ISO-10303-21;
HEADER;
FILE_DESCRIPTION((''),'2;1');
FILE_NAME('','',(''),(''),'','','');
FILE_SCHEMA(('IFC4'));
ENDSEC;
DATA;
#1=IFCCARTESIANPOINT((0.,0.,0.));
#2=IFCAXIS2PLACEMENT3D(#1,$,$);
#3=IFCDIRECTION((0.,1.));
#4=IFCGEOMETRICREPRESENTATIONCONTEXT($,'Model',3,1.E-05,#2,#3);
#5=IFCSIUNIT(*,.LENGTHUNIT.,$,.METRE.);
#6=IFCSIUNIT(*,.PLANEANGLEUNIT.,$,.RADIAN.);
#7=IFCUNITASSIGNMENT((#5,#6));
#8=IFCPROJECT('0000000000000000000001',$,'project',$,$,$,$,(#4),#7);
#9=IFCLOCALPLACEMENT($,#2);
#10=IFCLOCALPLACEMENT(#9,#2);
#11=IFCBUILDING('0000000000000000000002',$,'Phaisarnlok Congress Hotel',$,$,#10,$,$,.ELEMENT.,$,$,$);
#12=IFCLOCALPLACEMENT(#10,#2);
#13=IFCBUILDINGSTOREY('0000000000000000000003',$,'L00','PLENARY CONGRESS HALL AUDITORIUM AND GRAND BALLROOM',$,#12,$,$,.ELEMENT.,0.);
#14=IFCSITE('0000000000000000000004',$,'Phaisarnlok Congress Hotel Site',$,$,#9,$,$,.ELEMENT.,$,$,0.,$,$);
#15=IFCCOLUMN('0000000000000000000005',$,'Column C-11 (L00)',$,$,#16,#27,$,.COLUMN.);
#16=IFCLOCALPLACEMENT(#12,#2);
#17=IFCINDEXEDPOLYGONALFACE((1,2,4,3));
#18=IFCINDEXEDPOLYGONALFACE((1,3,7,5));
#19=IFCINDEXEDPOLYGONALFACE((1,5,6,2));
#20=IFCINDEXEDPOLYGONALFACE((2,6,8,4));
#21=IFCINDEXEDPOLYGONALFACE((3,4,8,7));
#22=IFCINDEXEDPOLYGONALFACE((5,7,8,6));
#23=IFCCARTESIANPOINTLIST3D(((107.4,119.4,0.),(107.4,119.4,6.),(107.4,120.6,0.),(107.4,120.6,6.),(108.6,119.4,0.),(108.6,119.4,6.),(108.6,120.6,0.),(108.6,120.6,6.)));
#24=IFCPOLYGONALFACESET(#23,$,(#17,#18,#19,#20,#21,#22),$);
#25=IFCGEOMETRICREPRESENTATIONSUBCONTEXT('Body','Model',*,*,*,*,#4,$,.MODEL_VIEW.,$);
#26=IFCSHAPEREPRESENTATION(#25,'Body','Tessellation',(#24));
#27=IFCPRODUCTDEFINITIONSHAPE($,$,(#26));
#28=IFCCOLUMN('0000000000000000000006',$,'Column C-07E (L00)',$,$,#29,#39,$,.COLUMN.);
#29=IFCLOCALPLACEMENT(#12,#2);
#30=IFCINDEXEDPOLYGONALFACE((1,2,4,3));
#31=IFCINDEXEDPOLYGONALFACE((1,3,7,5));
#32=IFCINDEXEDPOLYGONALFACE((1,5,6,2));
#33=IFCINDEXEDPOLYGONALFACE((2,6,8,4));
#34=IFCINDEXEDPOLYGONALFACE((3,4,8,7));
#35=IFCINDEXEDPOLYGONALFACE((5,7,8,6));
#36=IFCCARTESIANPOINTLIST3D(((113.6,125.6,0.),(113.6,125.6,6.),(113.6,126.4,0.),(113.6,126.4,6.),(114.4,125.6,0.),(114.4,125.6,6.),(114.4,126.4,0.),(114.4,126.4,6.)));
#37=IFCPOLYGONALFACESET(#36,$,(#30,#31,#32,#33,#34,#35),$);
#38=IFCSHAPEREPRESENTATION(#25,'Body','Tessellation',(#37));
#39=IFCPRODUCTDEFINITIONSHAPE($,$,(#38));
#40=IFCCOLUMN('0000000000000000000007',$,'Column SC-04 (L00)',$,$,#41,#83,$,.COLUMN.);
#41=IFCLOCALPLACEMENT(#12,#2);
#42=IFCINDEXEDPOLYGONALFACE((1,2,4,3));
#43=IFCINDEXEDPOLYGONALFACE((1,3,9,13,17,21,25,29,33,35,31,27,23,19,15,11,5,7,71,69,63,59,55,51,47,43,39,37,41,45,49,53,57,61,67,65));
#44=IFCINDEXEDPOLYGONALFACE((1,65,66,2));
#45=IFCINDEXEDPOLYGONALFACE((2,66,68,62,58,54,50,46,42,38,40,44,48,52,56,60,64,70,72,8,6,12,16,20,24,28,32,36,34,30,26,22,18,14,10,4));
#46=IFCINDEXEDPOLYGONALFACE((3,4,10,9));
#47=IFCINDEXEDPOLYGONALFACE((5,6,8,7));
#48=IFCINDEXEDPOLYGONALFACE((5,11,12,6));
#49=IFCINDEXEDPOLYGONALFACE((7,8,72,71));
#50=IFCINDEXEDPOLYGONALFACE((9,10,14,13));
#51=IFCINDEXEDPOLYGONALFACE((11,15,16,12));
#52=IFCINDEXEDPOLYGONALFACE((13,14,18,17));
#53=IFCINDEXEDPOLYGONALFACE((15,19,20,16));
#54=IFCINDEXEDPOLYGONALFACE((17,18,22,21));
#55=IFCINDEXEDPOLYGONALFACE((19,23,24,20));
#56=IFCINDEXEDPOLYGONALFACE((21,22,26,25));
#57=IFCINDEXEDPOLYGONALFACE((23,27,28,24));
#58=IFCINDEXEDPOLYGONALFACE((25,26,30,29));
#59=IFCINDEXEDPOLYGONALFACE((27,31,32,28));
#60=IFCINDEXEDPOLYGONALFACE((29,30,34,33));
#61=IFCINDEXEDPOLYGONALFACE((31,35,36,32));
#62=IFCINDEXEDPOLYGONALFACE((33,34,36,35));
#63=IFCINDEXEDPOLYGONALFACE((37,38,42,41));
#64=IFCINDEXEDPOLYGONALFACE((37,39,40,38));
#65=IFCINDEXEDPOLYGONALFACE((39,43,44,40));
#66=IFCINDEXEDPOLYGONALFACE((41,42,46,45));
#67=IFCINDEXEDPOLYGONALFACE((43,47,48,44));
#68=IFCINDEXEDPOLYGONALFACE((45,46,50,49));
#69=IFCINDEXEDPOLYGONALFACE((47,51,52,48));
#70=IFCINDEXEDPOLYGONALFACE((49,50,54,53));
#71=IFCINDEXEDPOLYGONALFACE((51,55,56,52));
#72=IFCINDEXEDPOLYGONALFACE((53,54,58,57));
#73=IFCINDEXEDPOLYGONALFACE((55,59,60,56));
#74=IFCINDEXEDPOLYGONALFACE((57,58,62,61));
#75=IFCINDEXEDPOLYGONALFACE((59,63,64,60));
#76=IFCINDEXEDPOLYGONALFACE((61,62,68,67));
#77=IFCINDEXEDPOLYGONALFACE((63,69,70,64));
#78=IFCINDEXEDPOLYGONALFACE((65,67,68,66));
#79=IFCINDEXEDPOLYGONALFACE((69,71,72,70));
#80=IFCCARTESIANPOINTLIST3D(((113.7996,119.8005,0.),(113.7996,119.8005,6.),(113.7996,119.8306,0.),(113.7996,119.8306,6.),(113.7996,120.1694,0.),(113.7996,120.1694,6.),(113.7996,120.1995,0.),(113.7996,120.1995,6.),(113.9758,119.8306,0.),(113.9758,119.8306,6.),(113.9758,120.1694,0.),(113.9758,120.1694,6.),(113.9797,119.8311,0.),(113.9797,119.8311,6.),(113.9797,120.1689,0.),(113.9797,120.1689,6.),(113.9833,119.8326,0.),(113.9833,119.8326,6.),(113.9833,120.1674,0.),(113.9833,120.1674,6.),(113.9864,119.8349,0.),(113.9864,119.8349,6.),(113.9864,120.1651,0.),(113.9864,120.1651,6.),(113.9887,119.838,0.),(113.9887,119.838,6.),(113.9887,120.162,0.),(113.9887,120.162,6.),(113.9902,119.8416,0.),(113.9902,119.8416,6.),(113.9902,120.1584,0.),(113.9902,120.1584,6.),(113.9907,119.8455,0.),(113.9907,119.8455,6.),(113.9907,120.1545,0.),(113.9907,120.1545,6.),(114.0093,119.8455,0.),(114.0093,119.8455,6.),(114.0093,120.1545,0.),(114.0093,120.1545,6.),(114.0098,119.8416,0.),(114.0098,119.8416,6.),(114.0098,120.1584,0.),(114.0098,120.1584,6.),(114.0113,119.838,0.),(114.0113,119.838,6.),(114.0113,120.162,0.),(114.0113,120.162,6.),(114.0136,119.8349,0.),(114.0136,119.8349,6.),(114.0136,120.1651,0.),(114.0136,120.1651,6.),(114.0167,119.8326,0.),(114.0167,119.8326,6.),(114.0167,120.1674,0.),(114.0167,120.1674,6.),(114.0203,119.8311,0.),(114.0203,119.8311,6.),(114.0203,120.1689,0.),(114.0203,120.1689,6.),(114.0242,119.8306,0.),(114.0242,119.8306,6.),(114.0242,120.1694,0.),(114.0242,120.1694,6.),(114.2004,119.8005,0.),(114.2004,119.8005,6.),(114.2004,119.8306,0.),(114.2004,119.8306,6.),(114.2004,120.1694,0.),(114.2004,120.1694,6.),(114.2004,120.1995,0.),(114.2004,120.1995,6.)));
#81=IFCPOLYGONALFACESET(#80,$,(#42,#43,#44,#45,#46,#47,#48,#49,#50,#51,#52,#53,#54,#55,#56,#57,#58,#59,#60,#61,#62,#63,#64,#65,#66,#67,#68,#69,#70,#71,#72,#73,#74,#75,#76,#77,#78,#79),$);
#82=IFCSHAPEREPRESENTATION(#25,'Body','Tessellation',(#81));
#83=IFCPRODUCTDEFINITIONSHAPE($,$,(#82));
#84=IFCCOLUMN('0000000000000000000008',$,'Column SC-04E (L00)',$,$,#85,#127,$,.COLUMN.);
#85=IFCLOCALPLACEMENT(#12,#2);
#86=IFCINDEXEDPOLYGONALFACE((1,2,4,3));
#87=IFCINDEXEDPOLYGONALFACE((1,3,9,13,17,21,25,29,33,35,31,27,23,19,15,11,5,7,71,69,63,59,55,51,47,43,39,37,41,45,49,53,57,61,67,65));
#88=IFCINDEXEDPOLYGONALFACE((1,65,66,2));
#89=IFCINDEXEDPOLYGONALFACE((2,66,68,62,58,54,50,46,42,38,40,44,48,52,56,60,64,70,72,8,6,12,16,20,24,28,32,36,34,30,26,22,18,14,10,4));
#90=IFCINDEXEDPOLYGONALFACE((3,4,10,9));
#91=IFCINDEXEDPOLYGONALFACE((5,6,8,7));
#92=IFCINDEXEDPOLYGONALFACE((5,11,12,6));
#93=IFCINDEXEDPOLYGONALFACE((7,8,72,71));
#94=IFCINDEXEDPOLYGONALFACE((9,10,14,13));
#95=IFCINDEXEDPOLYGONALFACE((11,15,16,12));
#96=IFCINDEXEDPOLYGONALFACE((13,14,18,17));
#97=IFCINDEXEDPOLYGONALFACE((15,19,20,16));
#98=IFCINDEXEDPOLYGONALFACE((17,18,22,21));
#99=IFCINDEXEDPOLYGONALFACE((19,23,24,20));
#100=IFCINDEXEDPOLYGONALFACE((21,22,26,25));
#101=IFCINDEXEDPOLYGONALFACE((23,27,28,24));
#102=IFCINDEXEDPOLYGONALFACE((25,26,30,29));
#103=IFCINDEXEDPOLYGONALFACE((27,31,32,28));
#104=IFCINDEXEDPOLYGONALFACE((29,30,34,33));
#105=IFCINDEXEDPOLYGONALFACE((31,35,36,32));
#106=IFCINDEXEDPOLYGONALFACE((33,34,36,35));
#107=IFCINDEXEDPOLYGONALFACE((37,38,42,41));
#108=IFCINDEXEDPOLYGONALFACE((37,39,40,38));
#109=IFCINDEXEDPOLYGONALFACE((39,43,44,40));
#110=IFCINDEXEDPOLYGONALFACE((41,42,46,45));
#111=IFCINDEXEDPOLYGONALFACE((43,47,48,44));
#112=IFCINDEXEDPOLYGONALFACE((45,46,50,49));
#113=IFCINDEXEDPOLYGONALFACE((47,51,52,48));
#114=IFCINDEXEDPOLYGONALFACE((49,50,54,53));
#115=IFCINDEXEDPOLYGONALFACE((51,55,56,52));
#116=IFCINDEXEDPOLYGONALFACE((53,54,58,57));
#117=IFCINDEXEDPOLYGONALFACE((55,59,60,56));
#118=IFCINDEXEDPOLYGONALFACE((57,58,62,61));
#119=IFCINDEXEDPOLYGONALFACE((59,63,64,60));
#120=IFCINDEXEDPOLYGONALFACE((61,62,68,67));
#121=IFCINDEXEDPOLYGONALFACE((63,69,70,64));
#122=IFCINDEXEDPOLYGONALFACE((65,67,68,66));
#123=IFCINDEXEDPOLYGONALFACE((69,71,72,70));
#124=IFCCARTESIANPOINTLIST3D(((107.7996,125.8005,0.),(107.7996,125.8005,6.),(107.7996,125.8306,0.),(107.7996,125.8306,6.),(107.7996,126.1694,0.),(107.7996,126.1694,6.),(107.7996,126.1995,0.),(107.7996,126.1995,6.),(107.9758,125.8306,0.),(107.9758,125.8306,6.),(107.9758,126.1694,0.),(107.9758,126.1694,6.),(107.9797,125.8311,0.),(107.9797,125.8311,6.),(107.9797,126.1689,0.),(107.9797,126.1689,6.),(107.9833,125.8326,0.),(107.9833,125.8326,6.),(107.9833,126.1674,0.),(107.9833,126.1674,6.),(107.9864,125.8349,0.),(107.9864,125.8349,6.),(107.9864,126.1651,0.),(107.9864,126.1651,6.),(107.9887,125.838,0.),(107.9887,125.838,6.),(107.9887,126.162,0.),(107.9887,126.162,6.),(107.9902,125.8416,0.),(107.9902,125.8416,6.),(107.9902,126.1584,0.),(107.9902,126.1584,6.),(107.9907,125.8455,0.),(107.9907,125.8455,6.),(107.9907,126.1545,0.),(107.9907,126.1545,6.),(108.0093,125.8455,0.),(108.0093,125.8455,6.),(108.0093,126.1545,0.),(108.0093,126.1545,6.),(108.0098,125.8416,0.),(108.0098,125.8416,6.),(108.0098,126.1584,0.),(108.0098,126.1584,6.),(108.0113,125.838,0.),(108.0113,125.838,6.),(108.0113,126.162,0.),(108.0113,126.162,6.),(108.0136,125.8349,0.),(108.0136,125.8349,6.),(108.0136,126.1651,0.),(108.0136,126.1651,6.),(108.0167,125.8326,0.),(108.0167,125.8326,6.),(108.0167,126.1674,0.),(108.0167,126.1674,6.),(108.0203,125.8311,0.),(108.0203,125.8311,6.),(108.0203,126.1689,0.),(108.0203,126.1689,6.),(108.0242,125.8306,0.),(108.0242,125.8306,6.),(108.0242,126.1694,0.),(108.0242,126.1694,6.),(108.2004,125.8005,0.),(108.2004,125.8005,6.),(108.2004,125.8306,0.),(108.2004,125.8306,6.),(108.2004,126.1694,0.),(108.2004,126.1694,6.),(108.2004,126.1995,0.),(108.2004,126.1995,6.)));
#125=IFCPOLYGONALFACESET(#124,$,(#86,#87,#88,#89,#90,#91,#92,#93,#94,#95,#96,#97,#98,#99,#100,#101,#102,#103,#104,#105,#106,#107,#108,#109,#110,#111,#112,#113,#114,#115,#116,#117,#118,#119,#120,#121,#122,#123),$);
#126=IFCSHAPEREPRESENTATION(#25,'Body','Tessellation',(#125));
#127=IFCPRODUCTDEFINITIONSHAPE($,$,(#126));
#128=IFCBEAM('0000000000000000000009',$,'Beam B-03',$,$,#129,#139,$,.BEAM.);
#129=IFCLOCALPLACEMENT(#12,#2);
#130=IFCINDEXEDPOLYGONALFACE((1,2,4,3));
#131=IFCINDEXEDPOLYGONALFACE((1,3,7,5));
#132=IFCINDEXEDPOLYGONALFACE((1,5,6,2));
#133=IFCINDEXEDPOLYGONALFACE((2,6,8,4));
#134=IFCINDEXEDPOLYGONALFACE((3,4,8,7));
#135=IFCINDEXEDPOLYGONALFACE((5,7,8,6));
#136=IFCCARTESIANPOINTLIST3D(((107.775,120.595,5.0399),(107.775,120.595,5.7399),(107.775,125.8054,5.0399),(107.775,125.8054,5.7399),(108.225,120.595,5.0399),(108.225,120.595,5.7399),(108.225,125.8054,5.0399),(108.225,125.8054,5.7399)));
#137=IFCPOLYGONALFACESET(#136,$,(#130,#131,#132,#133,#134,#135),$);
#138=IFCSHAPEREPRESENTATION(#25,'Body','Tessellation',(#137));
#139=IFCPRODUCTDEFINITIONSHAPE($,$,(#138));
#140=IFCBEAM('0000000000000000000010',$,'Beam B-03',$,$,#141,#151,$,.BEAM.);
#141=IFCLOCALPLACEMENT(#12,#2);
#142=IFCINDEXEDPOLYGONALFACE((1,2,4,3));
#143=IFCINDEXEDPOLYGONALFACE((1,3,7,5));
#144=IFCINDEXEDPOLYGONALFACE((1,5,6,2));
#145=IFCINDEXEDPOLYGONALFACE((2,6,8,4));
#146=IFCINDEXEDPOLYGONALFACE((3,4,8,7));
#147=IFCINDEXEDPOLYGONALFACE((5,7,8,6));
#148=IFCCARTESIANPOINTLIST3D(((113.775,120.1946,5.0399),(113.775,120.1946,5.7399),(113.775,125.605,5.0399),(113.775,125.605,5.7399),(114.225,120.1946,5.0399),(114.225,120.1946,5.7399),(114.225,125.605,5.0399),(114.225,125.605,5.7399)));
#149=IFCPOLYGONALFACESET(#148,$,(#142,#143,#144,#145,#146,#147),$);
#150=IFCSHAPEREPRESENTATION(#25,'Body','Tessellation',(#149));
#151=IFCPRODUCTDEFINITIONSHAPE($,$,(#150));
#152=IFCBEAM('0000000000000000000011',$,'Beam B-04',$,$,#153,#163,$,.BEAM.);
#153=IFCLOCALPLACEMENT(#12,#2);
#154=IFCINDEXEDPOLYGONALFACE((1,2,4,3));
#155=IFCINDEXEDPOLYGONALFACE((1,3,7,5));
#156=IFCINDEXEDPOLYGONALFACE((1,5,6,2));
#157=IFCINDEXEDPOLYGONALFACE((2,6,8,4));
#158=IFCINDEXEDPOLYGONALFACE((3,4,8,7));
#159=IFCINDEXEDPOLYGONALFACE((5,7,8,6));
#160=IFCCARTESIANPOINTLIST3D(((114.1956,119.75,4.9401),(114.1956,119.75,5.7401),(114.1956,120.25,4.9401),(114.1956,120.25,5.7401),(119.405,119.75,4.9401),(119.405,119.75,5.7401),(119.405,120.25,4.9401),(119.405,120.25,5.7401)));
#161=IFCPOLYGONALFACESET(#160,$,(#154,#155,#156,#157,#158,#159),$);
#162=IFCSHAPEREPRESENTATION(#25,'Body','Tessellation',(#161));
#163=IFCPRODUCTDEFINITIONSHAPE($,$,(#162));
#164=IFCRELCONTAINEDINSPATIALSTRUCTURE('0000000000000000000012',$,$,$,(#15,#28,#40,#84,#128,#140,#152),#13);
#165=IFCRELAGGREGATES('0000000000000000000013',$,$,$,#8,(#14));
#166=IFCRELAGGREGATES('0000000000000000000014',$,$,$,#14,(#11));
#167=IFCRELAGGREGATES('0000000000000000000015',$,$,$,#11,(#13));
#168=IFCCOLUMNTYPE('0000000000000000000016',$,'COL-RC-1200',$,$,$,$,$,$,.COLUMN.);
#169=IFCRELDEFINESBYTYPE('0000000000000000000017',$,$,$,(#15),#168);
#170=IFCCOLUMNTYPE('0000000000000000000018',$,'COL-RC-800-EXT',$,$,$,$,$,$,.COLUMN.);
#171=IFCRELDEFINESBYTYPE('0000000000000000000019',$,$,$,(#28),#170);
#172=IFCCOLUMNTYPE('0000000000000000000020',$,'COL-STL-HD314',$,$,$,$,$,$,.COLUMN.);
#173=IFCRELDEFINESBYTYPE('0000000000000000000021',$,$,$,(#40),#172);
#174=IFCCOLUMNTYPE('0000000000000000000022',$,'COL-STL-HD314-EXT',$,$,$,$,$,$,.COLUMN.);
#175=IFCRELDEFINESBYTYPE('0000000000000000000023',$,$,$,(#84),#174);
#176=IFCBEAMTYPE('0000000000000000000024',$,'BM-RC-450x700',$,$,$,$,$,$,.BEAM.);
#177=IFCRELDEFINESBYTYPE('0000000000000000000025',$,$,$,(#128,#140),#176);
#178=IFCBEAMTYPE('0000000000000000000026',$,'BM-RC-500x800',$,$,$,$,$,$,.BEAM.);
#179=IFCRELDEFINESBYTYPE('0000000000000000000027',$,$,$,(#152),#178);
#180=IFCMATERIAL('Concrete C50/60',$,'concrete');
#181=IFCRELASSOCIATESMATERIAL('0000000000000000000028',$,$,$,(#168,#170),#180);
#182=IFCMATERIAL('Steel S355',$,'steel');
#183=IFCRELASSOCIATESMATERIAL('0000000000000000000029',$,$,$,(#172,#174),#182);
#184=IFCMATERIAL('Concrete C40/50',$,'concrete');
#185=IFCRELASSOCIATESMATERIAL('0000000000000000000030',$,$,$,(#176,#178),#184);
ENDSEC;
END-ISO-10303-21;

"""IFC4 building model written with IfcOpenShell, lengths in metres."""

from ifc_helpers import new_model, si_unit, direction, frame, origin, origin_2d, place, context, subcontext, project, spatial, rectangle, i_section, extrude, material, material_profile, profile_set, type_object, element, save


model = new_model("IFC4")

# Units and contexts
model_context = context("Model", 3, precision=1e-05, world=origin(), true_north=direction((0.0, 1.0)))
body_context = subcontext(model_context, "Body", "Model", "MODEL_VIEW")
ifc_project = project(units=[si_unit("LENGTHUNIT", "METRE"), si_unit("PLANEANGLEUNIT", "RADIAN")], contexts=[model_context])

# Site, building, storey
site_placement = place(None, origin())
site = spatial("IfcSite", under=ifc_project, at=site_placement, Name="Phaisarnlok Congress Hotel Site", CompositionType="ELEMENT", RefElevation=0.0)
building_placement = place(site_placement, origin())
building = spatial("IfcBuilding", under=site, at=building_placement, Name="Phaisarnlok Congress Hotel", CompositionType="ELEMENT")
storey_placement = place(building_placement, origin())
storey = spatial("IfcBuildingStorey", under=building, at=storey_placement, Name="L00", Description="PLENARY CONGRESS HALL AUDITORIUM AND GRAND BALLROOM", CompositionType="ELEMENT", Elevation=0.0)

# Columns
ifc_material_1 = material(Name="Concrete C50/60", Category="concrete")
ifc_material_profile_1 = material_profile(ifc_material_1, rectangle(XDim=1.2, YDim=1.2, at=origin_2d()), Name="RC 1200x1200")
ifc_profile_set_1 = profile_set([ifc_material_profile_1], Name="Concrete C50/60")
column_type_1 = type_object("IfcColumnType", Name="COL-RC-1200", PredefinedType="COLUMN", material=ifc_profile_set_1)
column_1_placement = place(storey_placement, frame((108.0, 120.0, 0.0), z_axis=(0.0, 0.0, 1.0), x_axis=(1.0, 0.0, 0.0)))
element("IfcColumn", 1, at=column_1_placement, inside=storey, type_object=column_type_1, Name="Column C-11 (L00)", PredefinedType="COLUMN", context=body_context, shape_type="SweptSolid", body=[
    extrude(rectangle(XDim=1.2, YDim=1.2, at=origin_2d()), origin(), (0.0, 0.0, 1.0), 6.0),
])
ifc_material_profile_2 = material_profile(ifc_material_1, rectangle(XDim=0.8, YDim=0.8, at=origin_2d()), Name="RC 800x800")
ifc_profile_set_2 = profile_set([ifc_material_profile_2], Name="Concrete C50/60")
column_type_2 = type_object("IfcColumnType", Name="COL-RC-800-EXT", PredefinedType="COLUMN", material=ifc_profile_set_2)
column_2_placement = place(storey_placement, frame((114.0, 126.0, 0.0), z_axis=(0.0, 0.0, 1.0), x_axis=(1.0, 0.0, 0.0)))
element("IfcColumn", 2, at=column_2_placement, inside=storey, type_object=column_type_2, Name="Column C-07E (L00)", PredefinedType="COLUMN", context=body_context, shape_type="SweptSolid", body=[
    extrude(rectangle(XDim=0.8, YDim=0.8, at=origin_2d()), origin(), (0.0, 0.0, 1.0), 6.0),
])
ifc_material_2 = material(Name="Steel S355", Category="steel")
ifc_material_profile_3 = material_profile(ifc_material_2, i_section(OverallWidth=0.4009, OverallDepth=0.3989, WebThickness=0.0186, FlangeThickness=0.03, FilletRadius=0.0149, at=origin_2d()), Name="HD 400x314")
ifc_profile_set_3 = profile_set([ifc_material_profile_3], Name="Steel S355")
column_type_3 = type_object("IfcColumnType", Name="COL-STL-HD314", PredefinedType="COLUMN", material=ifc_profile_set_3)
column_3_placement = place(storey_placement, frame((114.0, 120.0, 0.0), z_axis=(0.0, 0.0, 1.0), x_axis=(1.0, 0.0, 0.0)))
element("IfcColumn", 3, at=column_3_placement, inside=storey, type_object=column_type_3, Name="Column SC-04 (L00)", PredefinedType="COLUMN", context=body_context, shape_type="SweptSolid", body=[
    extrude(i_section(OverallWidth=0.4009, OverallDepth=0.3989, WebThickness=0.0186, FlangeThickness=0.03, FilletRadius=0.0149, at=origin_2d()), origin(), (0.0, 0.0, 1.0), 6.0),
])
ifc_material_profile_4 = material_profile(ifc_material_2, i_section(OverallWidth=0.4009, OverallDepth=0.3989, WebThickness=0.0186, FlangeThickness=0.03, FilletRadius=0.0149, at=origin_2d()), Name="HD 400x314")
ifc_profile_set_4 = profile_set([ifc_material_profile_4], Name="Steel S355")
column_type_4 = type_object("IfcColumnType", Name="COL-STL-HD314-EXT", PredefinedType="COLUMN", material=ifc_profile_set_4)
column_4_placement = place(storey_placement, frame((108.0, 126.0, 0.0), z_axis=(0.0, 0.0, 1.0), x_axis=(1.0, 0.0, 0.0)))
element("IfcColumn", 4, at=column_4_placement, inside=storey, type_object=column_type_4, Name="Column SC-04E (L00)", PredefinedType="COLUMN", context=body_context, shape_type="SweptSolid", body=[
    extrude(i_section(OverallWidth=0.4009, OverallDepth=0.3989, WebThickness=0.0186, FlangeThickness=0.03, FilletRadius=0.0149, at=origin_2d()), origin(), (0.0, 0.0, 1.0), 6.0),
])

# Beams
ifc_material_3 = material(Name="Concrete C40/50", Category="concrete")
ifc_material_profile_5 = material_profile(ifc_material_3, rectangle(XDim=0.45, YDim=0.7, at=origin_2d()), Name="RC 450x700")
ifc_profile_set_5 = profile_set([ifc_material_profile_5], Name="Concrete C40/50")
beam_type_1 = type_object("IfcBeamType", Name="BM-RC-450x700", PredefinedType="BEAM", material=ifc_profile_set_5)
beam_1_placement = place(storey_placement, frame((108.0, 120.595, 5.3899), z_axis=(0.0, 1.0, 0.0), x_axis=(-1.0, 0.0, 0.0)))
element("IfcBeam", 5, at=beam_1_placement, inside=storey, type_object=beam_type_1, Name="Beam B-03", PredefinedType="BEAM", context=body_context, shape_type="SweptSolid", body=[
    extrude(rectangle(XDim=0.45, YDim=0.7, at=origin_2d()), origin(), (0.0, 0.0, 1.0), 5.2104),
])
beam_2_placement = place(storey_placement, frame((114.0, 120.1946, 5.3899), z_axis=(0.0, 1.0, 0.0), x_axis=(-1.0, 0.0, 0.0)))
element("IfcBeam", 6, at=beam_2_placement, inside=storey, type_object=beam_type_1, Name="Beam B-03", PredefinedType="BEAM", context=body_context, shape_type="SweptSolid", body=[
    extrude(rectangle(XDim=0.45, YDim=0.7, at=origin_2d()), origin(), (0.0, 0.0, 1.0), 5.4104),
])
ifc_material_profile_6 = material_profile(ifc_material_3, rectangle(XDim=0.5, YDim=0.8, at=origin_2d()), Name="RC 500x800")
ifc_profile_set_6 = profile_set([ifc_material_profile_6], Name="Concrete C40/50")
beam_type_2 = type_object("IfcBeamType", Name="BM-RC-500x800", PredefinedType="BEAM", material=ifc_profile_set_6)
beam_3_placement = place(storey_placement, frame((114.1956, 120.0, 5.3401), z_axis=(1.0, 0.0, 0.0), x_axis=(0.0, 1.0, 0.0)))
element("IfcBeam", 7, at=beam_3_placement, inside=storey, type_object=beam_type_2, Name="Beam B-04", PredefinedType="BEAM", context=body_context, shape_type="SweptSolid", body=[
    extrude(rectangle(XDim=0.5, YDim=0.8, at=origin_2d()), origin(), (0.0, 0.0, 1.0), 5.2095),
])

save(model, "model.ifc")
